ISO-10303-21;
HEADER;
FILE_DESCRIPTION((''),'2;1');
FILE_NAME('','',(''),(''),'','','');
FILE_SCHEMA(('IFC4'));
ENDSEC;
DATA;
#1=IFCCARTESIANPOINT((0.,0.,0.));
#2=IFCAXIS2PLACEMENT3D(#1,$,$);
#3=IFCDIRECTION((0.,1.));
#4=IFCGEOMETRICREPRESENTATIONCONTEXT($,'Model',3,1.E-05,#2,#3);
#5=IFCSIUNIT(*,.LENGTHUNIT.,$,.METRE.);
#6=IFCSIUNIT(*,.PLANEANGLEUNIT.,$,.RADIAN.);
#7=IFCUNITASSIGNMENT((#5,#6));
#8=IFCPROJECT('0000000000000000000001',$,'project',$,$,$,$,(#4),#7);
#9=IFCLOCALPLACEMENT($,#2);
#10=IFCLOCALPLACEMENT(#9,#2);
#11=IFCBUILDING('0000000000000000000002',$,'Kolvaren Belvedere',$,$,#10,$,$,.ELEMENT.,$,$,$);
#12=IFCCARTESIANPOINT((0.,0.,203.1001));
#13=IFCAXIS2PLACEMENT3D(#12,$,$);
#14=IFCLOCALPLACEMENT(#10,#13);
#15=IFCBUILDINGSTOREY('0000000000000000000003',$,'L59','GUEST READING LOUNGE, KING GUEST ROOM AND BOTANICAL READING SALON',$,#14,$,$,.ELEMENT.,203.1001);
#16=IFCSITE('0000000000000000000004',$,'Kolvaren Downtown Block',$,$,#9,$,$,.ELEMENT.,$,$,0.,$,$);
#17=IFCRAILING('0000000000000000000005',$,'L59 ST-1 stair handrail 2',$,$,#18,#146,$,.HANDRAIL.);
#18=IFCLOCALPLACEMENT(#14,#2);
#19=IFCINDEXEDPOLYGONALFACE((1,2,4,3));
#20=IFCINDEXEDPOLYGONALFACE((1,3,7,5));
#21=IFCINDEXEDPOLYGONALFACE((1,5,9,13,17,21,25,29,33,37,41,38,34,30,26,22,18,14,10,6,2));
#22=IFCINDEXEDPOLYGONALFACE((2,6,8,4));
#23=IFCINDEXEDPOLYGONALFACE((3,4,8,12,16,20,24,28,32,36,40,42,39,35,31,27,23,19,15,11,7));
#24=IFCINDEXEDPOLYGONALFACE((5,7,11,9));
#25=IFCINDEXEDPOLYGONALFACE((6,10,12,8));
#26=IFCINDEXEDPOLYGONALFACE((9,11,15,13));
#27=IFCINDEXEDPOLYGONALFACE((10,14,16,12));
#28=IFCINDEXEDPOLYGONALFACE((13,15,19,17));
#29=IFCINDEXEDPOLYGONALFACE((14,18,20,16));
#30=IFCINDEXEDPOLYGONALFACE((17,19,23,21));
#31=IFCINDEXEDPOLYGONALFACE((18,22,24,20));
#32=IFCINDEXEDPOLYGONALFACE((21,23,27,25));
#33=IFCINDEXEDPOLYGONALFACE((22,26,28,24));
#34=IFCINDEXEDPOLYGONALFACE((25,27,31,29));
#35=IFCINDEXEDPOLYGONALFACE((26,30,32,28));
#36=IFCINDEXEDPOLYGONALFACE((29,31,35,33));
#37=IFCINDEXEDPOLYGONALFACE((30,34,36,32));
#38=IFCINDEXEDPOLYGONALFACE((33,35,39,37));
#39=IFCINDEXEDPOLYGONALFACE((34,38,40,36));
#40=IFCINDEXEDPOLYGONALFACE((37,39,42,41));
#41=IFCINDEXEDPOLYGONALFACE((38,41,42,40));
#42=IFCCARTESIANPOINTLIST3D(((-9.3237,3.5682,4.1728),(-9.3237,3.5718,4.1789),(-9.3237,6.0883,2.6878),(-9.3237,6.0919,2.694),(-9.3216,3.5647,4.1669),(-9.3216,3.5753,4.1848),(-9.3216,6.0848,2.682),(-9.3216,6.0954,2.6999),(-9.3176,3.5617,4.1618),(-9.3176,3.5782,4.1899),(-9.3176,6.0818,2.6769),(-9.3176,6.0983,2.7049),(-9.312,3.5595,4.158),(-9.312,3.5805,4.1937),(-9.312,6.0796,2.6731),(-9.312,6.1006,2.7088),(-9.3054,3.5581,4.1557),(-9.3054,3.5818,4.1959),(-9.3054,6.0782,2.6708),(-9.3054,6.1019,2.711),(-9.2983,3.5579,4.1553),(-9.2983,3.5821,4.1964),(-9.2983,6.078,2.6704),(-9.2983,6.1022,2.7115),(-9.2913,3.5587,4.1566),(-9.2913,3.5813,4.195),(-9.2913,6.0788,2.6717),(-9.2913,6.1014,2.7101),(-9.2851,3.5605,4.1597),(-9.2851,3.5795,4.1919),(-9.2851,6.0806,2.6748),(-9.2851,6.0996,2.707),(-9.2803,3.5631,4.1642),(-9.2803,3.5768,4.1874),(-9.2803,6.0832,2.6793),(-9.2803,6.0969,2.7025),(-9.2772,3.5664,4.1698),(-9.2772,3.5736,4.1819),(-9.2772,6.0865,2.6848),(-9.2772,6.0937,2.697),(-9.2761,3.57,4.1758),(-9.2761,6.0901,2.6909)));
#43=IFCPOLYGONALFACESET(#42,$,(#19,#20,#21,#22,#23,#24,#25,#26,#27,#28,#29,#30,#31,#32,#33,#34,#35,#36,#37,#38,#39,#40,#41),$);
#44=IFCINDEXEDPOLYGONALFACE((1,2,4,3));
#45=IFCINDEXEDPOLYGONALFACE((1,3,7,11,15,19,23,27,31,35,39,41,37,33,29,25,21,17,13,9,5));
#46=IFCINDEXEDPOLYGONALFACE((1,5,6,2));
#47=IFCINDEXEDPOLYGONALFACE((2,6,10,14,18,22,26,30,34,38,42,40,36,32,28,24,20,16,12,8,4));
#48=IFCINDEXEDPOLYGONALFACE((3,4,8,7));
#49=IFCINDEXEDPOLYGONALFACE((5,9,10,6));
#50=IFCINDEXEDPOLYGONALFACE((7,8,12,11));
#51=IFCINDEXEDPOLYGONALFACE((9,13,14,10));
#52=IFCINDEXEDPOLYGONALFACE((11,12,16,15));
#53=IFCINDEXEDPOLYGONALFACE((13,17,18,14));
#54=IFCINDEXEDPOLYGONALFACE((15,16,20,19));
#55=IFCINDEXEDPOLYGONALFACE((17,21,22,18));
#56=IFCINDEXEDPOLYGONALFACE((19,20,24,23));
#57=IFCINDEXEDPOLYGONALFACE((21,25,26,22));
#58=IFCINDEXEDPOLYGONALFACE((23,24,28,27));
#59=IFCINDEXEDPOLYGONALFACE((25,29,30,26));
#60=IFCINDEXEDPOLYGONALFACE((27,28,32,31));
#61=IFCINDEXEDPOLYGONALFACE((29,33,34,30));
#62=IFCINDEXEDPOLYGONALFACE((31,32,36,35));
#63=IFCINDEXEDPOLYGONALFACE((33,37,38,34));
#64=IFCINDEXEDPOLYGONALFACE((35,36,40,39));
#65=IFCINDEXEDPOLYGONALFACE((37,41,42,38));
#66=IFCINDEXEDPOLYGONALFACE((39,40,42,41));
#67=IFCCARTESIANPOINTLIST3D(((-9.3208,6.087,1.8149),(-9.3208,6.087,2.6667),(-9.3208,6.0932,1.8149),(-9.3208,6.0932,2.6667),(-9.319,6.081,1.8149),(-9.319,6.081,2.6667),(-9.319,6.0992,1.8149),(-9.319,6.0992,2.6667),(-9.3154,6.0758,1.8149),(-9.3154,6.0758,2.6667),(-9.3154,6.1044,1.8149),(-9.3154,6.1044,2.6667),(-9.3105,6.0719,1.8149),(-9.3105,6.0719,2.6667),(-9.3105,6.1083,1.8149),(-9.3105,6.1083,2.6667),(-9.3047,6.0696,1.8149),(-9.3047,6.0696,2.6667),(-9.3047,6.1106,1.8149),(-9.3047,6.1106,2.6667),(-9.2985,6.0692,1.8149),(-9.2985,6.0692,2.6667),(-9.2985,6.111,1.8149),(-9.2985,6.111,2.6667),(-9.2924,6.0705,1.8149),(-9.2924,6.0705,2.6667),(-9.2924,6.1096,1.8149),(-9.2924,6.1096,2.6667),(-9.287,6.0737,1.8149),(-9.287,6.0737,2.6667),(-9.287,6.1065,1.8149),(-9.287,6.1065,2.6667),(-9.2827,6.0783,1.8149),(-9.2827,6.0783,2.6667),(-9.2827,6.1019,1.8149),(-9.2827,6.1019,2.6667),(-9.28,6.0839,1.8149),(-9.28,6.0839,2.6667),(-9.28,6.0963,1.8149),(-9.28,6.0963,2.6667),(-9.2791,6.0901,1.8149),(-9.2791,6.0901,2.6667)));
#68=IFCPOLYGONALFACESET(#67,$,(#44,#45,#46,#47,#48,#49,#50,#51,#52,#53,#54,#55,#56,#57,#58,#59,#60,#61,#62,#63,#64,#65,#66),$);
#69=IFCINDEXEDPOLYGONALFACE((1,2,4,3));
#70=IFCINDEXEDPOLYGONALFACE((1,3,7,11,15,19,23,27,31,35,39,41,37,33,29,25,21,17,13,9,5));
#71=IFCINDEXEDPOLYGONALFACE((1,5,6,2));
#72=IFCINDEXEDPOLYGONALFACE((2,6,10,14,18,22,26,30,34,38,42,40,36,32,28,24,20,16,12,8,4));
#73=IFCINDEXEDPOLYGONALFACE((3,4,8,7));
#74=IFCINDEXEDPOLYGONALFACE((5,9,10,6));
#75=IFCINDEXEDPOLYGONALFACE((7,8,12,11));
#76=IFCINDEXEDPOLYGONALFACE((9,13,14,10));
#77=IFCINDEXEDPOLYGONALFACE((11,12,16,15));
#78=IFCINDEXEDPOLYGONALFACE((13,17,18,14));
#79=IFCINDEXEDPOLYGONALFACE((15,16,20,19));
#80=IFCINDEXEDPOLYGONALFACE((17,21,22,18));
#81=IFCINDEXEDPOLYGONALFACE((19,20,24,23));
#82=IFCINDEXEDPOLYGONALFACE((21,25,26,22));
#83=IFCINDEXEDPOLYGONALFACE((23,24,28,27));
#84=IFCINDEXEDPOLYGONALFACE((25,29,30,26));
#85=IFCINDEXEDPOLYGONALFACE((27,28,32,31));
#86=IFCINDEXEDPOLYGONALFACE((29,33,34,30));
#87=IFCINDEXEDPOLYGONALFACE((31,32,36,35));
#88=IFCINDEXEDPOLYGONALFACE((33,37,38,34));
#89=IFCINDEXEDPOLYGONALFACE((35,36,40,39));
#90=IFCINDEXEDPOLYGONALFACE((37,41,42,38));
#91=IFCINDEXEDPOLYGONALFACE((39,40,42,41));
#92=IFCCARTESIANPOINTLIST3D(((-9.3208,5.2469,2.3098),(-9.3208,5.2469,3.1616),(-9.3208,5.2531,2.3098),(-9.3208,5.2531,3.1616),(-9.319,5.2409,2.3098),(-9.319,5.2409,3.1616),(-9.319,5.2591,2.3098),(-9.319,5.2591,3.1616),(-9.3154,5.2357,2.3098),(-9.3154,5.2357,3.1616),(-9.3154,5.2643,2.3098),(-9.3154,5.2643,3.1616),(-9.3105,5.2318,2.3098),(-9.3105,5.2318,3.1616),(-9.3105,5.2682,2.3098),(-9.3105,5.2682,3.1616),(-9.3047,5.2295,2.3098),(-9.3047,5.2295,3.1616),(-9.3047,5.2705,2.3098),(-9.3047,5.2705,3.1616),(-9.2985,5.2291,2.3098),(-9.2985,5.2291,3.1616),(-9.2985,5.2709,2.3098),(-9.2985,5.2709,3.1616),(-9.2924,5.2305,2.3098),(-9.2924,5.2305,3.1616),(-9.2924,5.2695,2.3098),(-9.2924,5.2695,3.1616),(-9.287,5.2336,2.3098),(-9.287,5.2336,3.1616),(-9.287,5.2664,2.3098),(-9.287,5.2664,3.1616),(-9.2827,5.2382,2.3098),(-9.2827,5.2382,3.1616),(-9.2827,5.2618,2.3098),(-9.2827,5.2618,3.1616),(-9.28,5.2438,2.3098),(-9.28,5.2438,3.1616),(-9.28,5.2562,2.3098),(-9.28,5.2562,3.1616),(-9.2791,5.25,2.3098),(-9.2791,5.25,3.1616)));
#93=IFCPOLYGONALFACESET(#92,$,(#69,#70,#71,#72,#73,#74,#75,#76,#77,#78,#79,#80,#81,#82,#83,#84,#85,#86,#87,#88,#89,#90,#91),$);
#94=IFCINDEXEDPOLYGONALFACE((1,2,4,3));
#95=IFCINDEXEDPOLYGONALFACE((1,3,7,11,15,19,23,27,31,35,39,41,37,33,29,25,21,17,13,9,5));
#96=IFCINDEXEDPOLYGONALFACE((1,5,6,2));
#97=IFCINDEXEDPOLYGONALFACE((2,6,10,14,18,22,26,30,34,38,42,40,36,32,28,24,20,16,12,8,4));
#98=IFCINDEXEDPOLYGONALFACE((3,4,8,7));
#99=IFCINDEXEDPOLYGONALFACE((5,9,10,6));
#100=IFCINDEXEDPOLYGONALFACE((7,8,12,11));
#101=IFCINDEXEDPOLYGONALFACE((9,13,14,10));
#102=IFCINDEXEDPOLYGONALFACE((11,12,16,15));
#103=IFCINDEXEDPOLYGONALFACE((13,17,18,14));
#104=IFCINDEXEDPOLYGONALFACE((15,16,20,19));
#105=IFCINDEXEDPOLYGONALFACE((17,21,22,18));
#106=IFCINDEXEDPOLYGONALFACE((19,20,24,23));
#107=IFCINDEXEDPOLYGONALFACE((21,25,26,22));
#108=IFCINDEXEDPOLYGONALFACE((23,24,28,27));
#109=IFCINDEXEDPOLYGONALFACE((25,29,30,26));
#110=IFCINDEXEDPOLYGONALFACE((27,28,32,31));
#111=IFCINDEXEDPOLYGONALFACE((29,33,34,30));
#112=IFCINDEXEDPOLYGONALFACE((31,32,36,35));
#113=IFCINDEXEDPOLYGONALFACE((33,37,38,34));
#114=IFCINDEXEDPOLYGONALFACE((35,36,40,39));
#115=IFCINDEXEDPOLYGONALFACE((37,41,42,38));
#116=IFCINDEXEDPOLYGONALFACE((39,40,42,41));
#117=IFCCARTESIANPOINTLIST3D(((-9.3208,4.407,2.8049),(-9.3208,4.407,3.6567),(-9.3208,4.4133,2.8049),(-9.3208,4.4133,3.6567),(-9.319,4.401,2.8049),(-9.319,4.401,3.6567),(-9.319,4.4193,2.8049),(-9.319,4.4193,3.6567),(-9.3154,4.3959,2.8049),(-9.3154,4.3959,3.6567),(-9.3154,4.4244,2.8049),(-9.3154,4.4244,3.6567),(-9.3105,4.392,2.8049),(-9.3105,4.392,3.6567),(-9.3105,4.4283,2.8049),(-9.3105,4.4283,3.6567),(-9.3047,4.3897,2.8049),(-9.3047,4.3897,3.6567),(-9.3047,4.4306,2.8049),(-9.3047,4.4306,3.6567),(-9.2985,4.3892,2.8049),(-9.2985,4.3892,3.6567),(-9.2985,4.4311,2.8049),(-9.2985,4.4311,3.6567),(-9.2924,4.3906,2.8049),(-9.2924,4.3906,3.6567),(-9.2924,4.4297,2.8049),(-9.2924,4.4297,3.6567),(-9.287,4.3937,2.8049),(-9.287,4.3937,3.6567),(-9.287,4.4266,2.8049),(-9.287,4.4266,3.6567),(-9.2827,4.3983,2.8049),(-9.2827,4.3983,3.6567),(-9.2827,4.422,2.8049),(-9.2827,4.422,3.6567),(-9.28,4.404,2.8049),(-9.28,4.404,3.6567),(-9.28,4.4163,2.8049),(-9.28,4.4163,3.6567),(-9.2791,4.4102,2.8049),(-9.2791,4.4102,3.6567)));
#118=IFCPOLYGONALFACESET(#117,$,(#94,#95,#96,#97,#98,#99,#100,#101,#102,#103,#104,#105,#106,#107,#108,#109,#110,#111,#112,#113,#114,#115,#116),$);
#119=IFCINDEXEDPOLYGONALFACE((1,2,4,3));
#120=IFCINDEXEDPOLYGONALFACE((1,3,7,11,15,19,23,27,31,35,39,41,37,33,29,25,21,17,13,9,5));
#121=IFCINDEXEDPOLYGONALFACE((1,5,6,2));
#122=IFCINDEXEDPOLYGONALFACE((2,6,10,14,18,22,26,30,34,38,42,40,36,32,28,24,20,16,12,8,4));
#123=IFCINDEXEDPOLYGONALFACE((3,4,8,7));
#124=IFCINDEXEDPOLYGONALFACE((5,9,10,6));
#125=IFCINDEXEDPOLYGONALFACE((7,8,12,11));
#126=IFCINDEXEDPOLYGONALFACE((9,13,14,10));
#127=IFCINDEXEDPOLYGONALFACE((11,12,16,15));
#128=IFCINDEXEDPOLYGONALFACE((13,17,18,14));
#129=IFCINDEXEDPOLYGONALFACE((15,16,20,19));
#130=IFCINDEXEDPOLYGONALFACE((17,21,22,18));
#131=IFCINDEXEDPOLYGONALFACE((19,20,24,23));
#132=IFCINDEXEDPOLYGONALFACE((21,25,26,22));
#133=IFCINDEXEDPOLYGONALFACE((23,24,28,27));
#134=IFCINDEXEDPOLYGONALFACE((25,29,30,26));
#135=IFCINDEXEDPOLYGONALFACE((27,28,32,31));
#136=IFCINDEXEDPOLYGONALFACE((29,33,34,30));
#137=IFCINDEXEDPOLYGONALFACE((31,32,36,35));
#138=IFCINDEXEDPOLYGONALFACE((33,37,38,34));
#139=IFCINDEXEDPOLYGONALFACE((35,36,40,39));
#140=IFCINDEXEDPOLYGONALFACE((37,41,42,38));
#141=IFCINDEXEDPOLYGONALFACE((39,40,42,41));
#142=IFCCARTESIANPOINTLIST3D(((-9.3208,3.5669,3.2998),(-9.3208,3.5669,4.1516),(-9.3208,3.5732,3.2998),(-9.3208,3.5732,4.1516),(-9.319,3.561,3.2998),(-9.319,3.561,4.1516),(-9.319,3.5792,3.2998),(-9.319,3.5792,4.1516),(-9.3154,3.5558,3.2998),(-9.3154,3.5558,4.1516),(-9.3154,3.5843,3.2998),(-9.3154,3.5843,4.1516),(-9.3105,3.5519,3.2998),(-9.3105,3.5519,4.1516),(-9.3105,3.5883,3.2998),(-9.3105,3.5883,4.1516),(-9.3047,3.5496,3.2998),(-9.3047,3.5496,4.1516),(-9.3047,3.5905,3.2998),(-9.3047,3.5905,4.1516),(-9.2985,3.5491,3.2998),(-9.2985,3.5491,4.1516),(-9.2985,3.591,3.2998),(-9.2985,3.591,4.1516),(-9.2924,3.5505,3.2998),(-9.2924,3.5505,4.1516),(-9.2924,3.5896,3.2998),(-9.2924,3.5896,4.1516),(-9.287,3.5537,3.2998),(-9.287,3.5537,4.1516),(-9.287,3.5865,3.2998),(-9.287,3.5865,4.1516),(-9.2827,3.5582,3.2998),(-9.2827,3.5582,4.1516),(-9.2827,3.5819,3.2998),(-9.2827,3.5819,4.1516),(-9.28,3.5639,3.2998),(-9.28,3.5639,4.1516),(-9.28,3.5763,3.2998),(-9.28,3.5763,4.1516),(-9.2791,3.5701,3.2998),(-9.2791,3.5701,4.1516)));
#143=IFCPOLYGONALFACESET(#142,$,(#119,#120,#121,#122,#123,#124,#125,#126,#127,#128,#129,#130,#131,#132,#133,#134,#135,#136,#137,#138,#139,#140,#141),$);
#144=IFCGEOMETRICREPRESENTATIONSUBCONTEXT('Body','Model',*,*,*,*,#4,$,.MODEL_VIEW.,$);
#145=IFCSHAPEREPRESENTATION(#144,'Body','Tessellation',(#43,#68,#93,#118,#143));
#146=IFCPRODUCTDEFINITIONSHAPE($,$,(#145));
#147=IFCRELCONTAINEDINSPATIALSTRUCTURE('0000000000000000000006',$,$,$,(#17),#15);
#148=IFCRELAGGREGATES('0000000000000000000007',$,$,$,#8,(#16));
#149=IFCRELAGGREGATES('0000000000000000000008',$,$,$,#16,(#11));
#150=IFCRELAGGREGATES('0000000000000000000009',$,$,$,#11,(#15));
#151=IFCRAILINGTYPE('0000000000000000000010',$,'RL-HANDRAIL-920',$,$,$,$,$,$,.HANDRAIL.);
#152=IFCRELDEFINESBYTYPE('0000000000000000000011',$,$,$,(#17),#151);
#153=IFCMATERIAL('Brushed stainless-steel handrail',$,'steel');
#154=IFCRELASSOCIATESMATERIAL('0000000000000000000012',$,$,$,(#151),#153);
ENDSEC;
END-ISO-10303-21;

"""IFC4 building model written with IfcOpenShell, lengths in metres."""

from ifc_helpers import new_model, si_unit, direction, frame, origin, origin_2d, place, context, subcontext, project, spatial, circle, extrude, material, type_object, element, save


model = new_model("IFC4")

# Units and contexts
model_context = context("Model", 3, precision=1e-05, world=origin(), true_north=direction((0.0, 1.0)))
body_context = subcontext(model_context, "Body", "Model", "MODEL_VIEW")
ifc_project = project(units=[si_unit("LENGTHUNIT", "METRE"), si_unit("PLANEANGLEUNIT", "RADIAN")], contexts=[model_context])

# Site, building, storey
site_placement = place(None, origin())
site = spatial("IfcSite", under=ifc_project, at=site_placement, Name="Kolvaren Downtown Block", CompositionType="ELEMENT", RefElevation=0.0)
building_placement = place(site_placement, origin())
building = spatial("IfcBuilding", under=site, at=building_placement, Name="Kolvaren Belvedere", CompositionType="ELEMENT")
storey_placement = place(building_placement, frame((0.0, 0.0, 203.1001)))
storey = spatial("IfcBuildingStorey", under=building, at=storey_placement, Name="L59", Description="GUEST READING LOUNGE, KING GUEST ROOM AND BOTANICAL READING SALON", CompositionType="ELEMENT", Elevation=203.1001)

# Railing
ifc_material_1 = material(Name="Brushed stainless-steel handrail", Category="steel")
railing_type_1 = type_object("IfcRailingType", Name="RL-HANDRAIL-920", PredefinedType="HANDRAIL", material=ifc_material_1)
railing_1_placement = place(storey_placement, frame((-9.3, 6.0901, 1.8149)))
element("IfcRailing", 1, at=railing_1_placement, inside=storey, type_object=railing_type_1, Name="L59 ST-1 stair handrail 2", PredefinedType="HANDRAIL", context=body_context, shape_type="SweptSolid", body=[
    extrude(circle(Radius=0.0239, at=origin_2d()), frame((0.0, 0.0, 0.876), z_axis=(0.0, -0.861561, 0.507655), x_axis=(1.0, 0.0, 0.0)), (0.0, 0.0, 1.0), 2.925),
    extrude(circle(Radius=0.021, at=origin_2d()), origin(), (0.0, 0.0, 1.0), 0.8518),
    extrude(circle(Radius=0.021, at=origin_2d()), frame((0.0, -0.8401, 0.4949)), (0.0, 0.0, 1.0), 0.8518),
    extrude(circle(Radius=0.021, at=origin_2d()), frame((0.0, -1.6799, 0.99)), (0.0, 0.0, 1.0), 0.8518),
    extrude(circle(Radius=0.021, at=origin_2d()), frame((0.0, -2.52, 1.4849)), (0.0, 0.0, 1.0), 0.8518),
])

save(model, "model.ifc")
